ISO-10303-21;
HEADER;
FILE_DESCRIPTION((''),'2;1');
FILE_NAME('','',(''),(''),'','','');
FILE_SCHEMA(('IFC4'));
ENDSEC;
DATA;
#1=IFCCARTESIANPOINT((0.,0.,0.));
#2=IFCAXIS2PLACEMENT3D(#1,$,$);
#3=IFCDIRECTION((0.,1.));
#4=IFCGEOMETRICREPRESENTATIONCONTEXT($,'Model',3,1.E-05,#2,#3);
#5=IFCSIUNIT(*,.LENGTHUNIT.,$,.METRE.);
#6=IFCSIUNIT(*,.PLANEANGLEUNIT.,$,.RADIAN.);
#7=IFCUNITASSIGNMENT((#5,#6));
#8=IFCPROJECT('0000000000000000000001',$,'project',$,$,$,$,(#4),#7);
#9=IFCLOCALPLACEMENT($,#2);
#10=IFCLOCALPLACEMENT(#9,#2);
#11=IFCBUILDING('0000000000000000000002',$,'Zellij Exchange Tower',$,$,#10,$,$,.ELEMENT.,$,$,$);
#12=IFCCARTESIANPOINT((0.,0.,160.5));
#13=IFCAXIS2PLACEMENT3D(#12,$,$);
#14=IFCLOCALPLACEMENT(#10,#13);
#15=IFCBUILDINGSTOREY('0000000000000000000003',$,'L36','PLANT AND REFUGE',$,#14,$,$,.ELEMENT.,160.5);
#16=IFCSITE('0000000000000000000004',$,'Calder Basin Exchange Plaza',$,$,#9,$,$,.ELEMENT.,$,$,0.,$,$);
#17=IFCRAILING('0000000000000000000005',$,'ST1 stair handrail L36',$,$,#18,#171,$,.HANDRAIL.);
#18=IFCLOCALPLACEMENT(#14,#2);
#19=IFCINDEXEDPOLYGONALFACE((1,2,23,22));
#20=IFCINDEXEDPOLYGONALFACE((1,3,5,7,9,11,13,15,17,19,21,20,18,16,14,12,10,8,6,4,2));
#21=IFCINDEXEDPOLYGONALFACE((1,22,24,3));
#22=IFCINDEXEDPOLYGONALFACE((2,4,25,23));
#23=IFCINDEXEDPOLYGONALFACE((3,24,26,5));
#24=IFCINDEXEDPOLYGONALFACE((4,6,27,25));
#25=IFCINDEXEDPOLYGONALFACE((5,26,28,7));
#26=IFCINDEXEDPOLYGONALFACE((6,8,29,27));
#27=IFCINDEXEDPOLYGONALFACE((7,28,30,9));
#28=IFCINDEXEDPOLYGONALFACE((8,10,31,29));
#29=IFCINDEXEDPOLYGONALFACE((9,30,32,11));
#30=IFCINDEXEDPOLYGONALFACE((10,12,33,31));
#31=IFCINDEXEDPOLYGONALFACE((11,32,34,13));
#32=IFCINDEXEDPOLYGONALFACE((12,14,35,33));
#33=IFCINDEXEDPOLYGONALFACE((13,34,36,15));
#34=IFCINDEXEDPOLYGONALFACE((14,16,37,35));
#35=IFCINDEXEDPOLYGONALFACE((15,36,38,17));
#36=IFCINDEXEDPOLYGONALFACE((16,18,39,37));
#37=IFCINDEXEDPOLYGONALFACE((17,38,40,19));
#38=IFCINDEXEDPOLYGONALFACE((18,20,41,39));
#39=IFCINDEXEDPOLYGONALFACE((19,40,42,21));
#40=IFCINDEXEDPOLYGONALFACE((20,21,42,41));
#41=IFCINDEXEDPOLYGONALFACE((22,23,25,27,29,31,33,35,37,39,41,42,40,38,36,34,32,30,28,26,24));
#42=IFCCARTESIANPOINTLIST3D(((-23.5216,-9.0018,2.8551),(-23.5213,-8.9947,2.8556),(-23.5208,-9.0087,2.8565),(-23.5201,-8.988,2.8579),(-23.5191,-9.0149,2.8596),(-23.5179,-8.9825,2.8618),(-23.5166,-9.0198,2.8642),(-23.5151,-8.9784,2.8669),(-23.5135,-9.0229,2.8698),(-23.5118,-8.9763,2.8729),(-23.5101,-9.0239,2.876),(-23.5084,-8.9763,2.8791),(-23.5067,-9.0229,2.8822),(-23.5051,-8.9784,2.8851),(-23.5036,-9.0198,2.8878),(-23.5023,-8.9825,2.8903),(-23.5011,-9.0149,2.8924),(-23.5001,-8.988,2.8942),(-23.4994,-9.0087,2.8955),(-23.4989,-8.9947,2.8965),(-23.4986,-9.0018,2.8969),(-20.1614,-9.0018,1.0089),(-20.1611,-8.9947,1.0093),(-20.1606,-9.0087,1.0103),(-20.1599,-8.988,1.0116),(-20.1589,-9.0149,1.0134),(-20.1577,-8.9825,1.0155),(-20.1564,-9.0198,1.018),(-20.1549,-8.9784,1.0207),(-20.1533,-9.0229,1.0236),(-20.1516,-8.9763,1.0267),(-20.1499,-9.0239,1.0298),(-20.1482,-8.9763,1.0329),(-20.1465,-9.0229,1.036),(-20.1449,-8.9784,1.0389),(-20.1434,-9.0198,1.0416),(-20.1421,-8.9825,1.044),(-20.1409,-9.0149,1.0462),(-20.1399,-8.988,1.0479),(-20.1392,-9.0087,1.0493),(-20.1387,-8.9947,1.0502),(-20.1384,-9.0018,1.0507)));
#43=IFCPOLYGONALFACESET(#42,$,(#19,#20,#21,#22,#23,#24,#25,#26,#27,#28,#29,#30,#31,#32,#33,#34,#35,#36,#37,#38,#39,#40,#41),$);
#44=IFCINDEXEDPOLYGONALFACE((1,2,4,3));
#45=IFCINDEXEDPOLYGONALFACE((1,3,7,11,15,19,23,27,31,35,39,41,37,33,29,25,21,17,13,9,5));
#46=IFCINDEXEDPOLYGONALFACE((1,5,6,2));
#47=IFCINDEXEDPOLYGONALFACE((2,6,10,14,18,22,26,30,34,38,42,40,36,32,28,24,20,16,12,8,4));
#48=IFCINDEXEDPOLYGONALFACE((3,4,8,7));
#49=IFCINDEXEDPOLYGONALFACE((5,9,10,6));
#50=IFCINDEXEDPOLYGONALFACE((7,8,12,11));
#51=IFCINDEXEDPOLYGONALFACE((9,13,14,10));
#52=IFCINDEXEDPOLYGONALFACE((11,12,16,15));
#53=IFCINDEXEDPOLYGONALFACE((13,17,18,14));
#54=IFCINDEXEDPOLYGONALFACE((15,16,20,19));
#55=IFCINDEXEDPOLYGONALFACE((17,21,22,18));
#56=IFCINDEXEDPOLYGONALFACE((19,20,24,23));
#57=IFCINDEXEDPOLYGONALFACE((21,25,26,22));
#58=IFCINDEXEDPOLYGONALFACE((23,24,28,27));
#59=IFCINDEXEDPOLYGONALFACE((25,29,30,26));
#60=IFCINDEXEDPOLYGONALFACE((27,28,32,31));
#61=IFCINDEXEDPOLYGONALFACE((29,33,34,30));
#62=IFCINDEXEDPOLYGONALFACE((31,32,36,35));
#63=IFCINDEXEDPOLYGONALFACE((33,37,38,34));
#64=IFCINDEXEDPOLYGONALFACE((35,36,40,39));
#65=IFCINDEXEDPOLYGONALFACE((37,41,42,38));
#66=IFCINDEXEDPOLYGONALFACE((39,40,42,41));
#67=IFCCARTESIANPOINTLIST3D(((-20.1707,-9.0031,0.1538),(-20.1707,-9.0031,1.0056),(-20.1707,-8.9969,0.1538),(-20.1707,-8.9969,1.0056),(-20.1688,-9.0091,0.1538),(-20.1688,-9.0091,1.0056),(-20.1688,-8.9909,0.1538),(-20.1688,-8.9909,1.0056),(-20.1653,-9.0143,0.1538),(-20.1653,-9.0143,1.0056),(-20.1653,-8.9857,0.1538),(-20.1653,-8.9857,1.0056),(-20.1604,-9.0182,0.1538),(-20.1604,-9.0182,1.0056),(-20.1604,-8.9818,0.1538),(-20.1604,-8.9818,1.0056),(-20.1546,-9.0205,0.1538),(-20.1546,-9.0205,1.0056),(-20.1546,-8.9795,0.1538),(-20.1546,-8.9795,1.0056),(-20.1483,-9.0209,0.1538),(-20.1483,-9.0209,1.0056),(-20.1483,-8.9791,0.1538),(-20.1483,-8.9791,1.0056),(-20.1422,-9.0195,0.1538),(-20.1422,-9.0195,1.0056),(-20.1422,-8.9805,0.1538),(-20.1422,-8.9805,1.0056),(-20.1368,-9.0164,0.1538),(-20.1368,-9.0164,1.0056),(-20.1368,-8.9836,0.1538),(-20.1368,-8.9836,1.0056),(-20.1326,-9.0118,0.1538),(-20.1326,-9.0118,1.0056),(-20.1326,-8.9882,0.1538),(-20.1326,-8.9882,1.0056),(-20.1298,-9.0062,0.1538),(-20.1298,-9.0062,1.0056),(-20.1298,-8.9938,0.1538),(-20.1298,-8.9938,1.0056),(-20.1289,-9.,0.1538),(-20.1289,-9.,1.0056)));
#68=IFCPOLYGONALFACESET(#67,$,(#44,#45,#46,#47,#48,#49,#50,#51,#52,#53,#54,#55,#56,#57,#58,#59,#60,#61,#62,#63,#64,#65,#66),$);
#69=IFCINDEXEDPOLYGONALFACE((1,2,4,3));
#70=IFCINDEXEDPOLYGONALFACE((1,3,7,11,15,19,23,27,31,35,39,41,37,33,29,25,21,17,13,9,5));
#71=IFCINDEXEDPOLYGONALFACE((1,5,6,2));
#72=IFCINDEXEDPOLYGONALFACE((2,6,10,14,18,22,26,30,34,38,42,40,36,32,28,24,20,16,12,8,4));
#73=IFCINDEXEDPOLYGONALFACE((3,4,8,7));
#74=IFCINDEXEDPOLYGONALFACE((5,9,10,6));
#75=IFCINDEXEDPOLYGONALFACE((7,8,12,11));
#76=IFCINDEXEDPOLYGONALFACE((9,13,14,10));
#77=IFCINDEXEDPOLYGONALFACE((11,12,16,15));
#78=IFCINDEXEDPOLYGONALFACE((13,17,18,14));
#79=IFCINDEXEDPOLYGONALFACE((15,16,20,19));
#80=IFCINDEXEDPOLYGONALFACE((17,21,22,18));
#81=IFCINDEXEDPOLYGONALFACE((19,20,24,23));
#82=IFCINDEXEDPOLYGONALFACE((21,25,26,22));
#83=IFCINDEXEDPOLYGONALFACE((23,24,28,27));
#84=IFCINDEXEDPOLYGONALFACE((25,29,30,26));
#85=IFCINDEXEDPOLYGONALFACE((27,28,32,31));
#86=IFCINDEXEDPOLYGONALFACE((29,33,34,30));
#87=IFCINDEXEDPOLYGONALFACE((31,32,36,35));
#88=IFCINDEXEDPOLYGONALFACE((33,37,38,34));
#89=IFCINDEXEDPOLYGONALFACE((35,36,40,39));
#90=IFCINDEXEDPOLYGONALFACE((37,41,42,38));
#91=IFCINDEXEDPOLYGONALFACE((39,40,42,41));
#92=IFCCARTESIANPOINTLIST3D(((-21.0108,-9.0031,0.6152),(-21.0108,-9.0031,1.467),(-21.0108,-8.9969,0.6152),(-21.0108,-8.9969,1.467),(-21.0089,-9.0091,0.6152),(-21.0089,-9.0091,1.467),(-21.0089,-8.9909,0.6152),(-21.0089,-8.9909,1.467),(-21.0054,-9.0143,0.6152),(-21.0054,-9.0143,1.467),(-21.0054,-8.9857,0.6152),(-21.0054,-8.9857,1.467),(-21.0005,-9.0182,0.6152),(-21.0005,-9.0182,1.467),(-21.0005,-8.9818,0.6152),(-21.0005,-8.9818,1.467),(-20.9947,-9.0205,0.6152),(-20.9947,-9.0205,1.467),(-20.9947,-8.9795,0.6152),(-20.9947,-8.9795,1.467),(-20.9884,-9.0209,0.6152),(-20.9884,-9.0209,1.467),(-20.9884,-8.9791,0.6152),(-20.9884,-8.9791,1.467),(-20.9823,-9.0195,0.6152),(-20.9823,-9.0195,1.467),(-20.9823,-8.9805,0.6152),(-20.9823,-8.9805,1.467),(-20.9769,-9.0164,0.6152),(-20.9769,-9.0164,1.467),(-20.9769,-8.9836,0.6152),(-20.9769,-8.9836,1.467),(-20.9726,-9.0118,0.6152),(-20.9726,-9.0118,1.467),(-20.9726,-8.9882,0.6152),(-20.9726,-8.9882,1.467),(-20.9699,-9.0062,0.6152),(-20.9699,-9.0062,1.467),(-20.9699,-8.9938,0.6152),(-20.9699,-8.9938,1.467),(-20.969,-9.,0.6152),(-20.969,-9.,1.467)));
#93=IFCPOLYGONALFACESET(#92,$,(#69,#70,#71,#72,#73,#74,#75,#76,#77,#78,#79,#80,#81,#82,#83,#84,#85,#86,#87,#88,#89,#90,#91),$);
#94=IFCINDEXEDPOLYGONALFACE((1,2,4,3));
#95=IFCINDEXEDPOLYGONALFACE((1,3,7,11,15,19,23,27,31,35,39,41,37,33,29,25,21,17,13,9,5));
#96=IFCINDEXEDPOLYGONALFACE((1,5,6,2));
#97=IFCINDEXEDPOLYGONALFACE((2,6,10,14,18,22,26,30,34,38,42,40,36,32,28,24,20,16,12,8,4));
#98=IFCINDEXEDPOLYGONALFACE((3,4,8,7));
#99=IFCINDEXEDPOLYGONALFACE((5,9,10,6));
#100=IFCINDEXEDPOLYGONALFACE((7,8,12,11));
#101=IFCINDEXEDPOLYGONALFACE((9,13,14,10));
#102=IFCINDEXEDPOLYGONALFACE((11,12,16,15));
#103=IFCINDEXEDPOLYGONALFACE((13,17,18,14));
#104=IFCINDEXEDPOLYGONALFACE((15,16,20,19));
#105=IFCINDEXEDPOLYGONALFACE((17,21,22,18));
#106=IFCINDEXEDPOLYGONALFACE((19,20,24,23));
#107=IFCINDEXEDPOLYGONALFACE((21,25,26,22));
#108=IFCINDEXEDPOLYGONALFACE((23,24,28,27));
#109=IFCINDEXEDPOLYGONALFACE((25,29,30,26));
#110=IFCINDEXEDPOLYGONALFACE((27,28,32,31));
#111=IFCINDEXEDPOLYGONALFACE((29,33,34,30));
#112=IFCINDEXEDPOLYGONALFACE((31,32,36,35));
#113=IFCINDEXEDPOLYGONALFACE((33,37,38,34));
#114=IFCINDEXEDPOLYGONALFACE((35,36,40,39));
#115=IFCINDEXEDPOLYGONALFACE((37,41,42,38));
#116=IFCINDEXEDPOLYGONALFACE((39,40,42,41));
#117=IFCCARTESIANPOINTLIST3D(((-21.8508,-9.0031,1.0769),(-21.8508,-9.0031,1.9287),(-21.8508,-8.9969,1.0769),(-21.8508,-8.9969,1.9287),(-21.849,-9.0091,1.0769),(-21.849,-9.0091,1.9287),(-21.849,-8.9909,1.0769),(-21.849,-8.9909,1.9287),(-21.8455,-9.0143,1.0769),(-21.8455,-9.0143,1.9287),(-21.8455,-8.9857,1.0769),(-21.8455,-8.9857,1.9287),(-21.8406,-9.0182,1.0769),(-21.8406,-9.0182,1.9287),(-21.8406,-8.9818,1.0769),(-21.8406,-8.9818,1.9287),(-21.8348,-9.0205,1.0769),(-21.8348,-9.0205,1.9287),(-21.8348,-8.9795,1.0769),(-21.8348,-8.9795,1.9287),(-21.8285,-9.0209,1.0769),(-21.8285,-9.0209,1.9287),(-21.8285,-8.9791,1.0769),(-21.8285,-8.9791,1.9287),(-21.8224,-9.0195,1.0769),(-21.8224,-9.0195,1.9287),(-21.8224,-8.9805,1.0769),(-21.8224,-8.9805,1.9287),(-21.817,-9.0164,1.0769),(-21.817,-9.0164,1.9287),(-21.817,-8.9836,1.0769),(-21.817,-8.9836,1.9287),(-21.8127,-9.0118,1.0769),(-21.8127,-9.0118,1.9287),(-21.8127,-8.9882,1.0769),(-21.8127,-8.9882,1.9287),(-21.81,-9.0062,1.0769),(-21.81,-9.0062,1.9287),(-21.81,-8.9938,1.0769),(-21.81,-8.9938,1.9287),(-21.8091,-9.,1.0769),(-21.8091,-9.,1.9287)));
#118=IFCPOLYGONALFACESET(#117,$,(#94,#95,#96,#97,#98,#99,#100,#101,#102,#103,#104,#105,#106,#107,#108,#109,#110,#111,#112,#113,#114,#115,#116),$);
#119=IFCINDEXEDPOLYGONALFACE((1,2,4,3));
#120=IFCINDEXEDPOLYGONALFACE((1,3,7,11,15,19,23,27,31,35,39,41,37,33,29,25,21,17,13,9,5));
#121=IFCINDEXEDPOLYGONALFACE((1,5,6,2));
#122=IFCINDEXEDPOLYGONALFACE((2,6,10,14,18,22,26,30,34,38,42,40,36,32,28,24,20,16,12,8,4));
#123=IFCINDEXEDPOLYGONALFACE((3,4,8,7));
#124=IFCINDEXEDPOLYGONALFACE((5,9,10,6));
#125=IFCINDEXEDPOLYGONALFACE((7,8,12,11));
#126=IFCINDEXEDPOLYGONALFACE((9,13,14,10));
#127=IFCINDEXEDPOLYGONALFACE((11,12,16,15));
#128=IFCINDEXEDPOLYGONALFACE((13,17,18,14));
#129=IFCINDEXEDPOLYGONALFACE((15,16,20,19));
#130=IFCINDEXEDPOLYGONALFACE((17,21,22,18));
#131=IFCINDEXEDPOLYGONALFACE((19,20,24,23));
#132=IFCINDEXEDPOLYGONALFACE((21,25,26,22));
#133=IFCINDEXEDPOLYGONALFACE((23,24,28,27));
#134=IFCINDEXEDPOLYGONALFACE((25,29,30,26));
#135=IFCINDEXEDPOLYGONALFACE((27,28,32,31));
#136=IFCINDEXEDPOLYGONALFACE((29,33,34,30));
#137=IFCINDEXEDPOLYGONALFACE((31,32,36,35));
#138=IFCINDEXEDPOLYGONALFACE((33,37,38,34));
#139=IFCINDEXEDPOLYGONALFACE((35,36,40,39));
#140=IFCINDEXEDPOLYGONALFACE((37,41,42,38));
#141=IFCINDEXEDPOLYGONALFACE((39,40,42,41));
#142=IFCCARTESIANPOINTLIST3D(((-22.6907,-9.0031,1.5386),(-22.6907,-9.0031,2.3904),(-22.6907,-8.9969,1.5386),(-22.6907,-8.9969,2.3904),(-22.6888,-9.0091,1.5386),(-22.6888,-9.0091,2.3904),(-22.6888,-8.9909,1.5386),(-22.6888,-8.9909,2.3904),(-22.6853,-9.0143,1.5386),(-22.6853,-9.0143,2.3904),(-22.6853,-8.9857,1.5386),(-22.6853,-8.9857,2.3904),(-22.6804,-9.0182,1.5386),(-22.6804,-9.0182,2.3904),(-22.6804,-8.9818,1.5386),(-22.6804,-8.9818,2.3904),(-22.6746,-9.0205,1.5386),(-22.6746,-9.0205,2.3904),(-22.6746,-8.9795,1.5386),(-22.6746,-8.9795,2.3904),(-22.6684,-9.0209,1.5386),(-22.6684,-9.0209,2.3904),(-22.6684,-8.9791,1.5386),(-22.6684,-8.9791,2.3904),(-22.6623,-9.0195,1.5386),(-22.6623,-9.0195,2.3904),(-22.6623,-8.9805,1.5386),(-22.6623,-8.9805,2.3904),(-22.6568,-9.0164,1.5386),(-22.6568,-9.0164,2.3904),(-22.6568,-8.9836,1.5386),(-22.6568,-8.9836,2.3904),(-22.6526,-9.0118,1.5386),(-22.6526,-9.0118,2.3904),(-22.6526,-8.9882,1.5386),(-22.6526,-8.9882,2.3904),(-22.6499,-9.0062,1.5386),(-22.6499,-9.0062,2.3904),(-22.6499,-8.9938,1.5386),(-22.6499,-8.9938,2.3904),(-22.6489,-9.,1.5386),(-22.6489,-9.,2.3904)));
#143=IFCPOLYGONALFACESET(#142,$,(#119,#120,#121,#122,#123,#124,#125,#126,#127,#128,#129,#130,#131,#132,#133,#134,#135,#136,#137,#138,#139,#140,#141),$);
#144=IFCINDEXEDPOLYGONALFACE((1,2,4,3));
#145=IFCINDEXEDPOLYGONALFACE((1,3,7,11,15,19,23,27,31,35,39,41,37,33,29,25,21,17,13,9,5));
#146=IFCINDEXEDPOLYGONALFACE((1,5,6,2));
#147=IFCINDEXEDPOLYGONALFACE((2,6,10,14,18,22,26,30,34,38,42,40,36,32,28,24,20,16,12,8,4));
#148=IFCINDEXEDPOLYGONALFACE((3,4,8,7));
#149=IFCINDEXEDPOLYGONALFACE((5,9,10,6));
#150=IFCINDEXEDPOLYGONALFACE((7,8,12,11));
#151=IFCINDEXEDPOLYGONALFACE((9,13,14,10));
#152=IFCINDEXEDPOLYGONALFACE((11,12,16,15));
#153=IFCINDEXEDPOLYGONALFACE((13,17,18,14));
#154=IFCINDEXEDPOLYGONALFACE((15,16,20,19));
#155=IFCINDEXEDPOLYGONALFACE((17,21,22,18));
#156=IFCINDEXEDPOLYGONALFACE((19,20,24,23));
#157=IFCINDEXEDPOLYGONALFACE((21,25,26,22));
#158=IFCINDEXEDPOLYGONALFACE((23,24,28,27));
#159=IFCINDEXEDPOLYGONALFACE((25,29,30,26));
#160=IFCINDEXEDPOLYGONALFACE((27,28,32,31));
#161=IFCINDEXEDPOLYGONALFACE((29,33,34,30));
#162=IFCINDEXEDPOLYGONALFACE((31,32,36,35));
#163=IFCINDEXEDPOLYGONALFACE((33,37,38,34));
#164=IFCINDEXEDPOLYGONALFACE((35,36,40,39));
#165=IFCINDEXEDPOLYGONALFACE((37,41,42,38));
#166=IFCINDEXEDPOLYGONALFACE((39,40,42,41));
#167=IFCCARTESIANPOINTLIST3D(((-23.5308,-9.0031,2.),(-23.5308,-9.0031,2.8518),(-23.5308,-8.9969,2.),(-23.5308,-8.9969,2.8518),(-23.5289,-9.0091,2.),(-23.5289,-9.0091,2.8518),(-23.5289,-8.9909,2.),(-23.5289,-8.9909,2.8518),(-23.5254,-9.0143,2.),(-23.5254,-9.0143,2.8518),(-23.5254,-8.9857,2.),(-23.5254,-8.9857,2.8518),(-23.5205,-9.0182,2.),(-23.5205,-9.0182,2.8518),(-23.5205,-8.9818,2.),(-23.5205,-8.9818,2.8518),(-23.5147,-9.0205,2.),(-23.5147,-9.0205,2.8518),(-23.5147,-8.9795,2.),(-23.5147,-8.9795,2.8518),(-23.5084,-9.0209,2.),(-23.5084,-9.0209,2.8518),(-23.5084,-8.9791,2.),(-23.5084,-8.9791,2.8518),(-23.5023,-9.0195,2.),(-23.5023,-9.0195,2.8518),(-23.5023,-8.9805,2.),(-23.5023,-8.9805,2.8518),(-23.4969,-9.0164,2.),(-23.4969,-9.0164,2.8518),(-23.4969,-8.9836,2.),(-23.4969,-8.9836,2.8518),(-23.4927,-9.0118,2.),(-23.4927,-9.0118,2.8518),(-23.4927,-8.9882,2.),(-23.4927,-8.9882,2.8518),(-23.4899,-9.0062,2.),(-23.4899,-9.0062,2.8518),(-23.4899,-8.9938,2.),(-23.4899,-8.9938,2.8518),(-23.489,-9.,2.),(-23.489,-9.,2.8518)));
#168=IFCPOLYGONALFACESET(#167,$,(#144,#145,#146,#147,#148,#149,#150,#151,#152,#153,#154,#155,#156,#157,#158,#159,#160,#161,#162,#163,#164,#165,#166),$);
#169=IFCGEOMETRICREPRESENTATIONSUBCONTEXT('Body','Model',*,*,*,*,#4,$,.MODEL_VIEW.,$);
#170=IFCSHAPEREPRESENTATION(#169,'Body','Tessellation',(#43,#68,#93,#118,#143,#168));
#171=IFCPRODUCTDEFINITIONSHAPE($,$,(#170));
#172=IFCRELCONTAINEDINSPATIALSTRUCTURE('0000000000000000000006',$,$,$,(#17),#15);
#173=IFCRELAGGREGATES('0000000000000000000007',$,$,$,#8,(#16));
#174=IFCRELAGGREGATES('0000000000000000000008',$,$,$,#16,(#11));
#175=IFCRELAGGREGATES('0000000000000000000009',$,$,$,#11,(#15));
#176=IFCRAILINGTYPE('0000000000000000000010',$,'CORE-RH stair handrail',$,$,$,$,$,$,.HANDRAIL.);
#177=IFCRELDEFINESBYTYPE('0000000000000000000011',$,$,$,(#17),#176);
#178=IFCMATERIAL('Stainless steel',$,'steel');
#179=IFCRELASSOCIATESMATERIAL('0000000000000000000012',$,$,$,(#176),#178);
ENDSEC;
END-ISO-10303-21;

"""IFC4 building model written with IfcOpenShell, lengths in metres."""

from ifc_helpers import new_model, si_unit, direction, frame, origin, origin_2d, place, context, subcontext, project, spatial, circle, extrude, material, type_object, element, save


model = new_model("IFC4")

# Units and contexts
model_context = context("Model", 3, precision=1e-05, world=origin(), true_north=direction((0.0, 1.0)))
body_context = subcontext(model_context, "Body", "Model", "MODEL_VIEW")
ifc_project = project(units=[si_unit("LENGTHUNIT", "METRE"), si_unit("PLANEANGLEUNIT", "RADIAN")], contexts=[model_context])

# Site, building, storey
site_placement = place(None, origin())
site = spatial("IfcSite", under=ifc_project, at=site_placement, Name="Calder Basin Exchange Plaza", CompositionType="ELEMENT", RefElevation=0.0)
building_placement = place(site_placement, origin())
building = spatial("IfcBuilding", under=site, at=building_placement, Name="Zellij Exchange Tower", CompositionType="ELEMENT")
storey_placement = place(building_placement, frame((0.0, 0.0, 160.5)))
storey = spatial("IfcBuildingStorey", under=building, at=storey_placement, Name="L36", Description="PLANT AND REFUGE", CompositionType="ELEMENT", Elevation=160.5)

# Railing
ifc_material_1 = material(Name="Stainless steel", Category="steel")
railing_type_1 = type_object("IfcRailingType", Name="CORE-RH stair handrail", PredefinedType="HANDRAIL", material=ifc_material_1)
railing_1_placement = place(storey_placement, frame((-20.1499, -9.0, 0.1538)))
element("IfcRailing", 1, at=railing_1_placement, inside=storey, type_object=railing_type_1, Name="ST1 stair handrail L36", PredefinedType="HANDRAIL", context=body_context, shape_type="SweptSolid", body=[
    extrude(circle(Radius=0.0239, at=origin_2d()), frame((0.0, 0.0, 0.876), z_axis=(-0.876422, 0.0, 0.481545), x_axis=(0.0, -1.0, 0.0)), (0.0, 0.0, 1.0), 3.834),
    extrude(circle(Radius=0.021, at=origin_2d()), origin(), (0.0, 0.0, 1.0), 0.8518),
    extrude(circle(Radius=0.021, at=origin_2d()), frame((-0.8401, 0.0, 0.4614)), (0.0, 0.0, 1.0), 0.8518),
    extrude(circle(Radius=0.021, at=origin_2d()), frame((-1.6802, 0.0, 0.9231)), (0.0, 0.0, 1.0), 0.8518),
    extrude(circle(Radius=0.021, at=origin_2d()), frame((-2.52, 0.0, 1.3848)), (0.0, 0.0, 1.0), 0.8518),
    extrude(circle(Radius=0.021, at=origin_2d()), frame((-3.3601, 0.0, 1.8462)), (0.0, 0.0, 1.0), 0.8518),
])

save(model, "model.ifc")
